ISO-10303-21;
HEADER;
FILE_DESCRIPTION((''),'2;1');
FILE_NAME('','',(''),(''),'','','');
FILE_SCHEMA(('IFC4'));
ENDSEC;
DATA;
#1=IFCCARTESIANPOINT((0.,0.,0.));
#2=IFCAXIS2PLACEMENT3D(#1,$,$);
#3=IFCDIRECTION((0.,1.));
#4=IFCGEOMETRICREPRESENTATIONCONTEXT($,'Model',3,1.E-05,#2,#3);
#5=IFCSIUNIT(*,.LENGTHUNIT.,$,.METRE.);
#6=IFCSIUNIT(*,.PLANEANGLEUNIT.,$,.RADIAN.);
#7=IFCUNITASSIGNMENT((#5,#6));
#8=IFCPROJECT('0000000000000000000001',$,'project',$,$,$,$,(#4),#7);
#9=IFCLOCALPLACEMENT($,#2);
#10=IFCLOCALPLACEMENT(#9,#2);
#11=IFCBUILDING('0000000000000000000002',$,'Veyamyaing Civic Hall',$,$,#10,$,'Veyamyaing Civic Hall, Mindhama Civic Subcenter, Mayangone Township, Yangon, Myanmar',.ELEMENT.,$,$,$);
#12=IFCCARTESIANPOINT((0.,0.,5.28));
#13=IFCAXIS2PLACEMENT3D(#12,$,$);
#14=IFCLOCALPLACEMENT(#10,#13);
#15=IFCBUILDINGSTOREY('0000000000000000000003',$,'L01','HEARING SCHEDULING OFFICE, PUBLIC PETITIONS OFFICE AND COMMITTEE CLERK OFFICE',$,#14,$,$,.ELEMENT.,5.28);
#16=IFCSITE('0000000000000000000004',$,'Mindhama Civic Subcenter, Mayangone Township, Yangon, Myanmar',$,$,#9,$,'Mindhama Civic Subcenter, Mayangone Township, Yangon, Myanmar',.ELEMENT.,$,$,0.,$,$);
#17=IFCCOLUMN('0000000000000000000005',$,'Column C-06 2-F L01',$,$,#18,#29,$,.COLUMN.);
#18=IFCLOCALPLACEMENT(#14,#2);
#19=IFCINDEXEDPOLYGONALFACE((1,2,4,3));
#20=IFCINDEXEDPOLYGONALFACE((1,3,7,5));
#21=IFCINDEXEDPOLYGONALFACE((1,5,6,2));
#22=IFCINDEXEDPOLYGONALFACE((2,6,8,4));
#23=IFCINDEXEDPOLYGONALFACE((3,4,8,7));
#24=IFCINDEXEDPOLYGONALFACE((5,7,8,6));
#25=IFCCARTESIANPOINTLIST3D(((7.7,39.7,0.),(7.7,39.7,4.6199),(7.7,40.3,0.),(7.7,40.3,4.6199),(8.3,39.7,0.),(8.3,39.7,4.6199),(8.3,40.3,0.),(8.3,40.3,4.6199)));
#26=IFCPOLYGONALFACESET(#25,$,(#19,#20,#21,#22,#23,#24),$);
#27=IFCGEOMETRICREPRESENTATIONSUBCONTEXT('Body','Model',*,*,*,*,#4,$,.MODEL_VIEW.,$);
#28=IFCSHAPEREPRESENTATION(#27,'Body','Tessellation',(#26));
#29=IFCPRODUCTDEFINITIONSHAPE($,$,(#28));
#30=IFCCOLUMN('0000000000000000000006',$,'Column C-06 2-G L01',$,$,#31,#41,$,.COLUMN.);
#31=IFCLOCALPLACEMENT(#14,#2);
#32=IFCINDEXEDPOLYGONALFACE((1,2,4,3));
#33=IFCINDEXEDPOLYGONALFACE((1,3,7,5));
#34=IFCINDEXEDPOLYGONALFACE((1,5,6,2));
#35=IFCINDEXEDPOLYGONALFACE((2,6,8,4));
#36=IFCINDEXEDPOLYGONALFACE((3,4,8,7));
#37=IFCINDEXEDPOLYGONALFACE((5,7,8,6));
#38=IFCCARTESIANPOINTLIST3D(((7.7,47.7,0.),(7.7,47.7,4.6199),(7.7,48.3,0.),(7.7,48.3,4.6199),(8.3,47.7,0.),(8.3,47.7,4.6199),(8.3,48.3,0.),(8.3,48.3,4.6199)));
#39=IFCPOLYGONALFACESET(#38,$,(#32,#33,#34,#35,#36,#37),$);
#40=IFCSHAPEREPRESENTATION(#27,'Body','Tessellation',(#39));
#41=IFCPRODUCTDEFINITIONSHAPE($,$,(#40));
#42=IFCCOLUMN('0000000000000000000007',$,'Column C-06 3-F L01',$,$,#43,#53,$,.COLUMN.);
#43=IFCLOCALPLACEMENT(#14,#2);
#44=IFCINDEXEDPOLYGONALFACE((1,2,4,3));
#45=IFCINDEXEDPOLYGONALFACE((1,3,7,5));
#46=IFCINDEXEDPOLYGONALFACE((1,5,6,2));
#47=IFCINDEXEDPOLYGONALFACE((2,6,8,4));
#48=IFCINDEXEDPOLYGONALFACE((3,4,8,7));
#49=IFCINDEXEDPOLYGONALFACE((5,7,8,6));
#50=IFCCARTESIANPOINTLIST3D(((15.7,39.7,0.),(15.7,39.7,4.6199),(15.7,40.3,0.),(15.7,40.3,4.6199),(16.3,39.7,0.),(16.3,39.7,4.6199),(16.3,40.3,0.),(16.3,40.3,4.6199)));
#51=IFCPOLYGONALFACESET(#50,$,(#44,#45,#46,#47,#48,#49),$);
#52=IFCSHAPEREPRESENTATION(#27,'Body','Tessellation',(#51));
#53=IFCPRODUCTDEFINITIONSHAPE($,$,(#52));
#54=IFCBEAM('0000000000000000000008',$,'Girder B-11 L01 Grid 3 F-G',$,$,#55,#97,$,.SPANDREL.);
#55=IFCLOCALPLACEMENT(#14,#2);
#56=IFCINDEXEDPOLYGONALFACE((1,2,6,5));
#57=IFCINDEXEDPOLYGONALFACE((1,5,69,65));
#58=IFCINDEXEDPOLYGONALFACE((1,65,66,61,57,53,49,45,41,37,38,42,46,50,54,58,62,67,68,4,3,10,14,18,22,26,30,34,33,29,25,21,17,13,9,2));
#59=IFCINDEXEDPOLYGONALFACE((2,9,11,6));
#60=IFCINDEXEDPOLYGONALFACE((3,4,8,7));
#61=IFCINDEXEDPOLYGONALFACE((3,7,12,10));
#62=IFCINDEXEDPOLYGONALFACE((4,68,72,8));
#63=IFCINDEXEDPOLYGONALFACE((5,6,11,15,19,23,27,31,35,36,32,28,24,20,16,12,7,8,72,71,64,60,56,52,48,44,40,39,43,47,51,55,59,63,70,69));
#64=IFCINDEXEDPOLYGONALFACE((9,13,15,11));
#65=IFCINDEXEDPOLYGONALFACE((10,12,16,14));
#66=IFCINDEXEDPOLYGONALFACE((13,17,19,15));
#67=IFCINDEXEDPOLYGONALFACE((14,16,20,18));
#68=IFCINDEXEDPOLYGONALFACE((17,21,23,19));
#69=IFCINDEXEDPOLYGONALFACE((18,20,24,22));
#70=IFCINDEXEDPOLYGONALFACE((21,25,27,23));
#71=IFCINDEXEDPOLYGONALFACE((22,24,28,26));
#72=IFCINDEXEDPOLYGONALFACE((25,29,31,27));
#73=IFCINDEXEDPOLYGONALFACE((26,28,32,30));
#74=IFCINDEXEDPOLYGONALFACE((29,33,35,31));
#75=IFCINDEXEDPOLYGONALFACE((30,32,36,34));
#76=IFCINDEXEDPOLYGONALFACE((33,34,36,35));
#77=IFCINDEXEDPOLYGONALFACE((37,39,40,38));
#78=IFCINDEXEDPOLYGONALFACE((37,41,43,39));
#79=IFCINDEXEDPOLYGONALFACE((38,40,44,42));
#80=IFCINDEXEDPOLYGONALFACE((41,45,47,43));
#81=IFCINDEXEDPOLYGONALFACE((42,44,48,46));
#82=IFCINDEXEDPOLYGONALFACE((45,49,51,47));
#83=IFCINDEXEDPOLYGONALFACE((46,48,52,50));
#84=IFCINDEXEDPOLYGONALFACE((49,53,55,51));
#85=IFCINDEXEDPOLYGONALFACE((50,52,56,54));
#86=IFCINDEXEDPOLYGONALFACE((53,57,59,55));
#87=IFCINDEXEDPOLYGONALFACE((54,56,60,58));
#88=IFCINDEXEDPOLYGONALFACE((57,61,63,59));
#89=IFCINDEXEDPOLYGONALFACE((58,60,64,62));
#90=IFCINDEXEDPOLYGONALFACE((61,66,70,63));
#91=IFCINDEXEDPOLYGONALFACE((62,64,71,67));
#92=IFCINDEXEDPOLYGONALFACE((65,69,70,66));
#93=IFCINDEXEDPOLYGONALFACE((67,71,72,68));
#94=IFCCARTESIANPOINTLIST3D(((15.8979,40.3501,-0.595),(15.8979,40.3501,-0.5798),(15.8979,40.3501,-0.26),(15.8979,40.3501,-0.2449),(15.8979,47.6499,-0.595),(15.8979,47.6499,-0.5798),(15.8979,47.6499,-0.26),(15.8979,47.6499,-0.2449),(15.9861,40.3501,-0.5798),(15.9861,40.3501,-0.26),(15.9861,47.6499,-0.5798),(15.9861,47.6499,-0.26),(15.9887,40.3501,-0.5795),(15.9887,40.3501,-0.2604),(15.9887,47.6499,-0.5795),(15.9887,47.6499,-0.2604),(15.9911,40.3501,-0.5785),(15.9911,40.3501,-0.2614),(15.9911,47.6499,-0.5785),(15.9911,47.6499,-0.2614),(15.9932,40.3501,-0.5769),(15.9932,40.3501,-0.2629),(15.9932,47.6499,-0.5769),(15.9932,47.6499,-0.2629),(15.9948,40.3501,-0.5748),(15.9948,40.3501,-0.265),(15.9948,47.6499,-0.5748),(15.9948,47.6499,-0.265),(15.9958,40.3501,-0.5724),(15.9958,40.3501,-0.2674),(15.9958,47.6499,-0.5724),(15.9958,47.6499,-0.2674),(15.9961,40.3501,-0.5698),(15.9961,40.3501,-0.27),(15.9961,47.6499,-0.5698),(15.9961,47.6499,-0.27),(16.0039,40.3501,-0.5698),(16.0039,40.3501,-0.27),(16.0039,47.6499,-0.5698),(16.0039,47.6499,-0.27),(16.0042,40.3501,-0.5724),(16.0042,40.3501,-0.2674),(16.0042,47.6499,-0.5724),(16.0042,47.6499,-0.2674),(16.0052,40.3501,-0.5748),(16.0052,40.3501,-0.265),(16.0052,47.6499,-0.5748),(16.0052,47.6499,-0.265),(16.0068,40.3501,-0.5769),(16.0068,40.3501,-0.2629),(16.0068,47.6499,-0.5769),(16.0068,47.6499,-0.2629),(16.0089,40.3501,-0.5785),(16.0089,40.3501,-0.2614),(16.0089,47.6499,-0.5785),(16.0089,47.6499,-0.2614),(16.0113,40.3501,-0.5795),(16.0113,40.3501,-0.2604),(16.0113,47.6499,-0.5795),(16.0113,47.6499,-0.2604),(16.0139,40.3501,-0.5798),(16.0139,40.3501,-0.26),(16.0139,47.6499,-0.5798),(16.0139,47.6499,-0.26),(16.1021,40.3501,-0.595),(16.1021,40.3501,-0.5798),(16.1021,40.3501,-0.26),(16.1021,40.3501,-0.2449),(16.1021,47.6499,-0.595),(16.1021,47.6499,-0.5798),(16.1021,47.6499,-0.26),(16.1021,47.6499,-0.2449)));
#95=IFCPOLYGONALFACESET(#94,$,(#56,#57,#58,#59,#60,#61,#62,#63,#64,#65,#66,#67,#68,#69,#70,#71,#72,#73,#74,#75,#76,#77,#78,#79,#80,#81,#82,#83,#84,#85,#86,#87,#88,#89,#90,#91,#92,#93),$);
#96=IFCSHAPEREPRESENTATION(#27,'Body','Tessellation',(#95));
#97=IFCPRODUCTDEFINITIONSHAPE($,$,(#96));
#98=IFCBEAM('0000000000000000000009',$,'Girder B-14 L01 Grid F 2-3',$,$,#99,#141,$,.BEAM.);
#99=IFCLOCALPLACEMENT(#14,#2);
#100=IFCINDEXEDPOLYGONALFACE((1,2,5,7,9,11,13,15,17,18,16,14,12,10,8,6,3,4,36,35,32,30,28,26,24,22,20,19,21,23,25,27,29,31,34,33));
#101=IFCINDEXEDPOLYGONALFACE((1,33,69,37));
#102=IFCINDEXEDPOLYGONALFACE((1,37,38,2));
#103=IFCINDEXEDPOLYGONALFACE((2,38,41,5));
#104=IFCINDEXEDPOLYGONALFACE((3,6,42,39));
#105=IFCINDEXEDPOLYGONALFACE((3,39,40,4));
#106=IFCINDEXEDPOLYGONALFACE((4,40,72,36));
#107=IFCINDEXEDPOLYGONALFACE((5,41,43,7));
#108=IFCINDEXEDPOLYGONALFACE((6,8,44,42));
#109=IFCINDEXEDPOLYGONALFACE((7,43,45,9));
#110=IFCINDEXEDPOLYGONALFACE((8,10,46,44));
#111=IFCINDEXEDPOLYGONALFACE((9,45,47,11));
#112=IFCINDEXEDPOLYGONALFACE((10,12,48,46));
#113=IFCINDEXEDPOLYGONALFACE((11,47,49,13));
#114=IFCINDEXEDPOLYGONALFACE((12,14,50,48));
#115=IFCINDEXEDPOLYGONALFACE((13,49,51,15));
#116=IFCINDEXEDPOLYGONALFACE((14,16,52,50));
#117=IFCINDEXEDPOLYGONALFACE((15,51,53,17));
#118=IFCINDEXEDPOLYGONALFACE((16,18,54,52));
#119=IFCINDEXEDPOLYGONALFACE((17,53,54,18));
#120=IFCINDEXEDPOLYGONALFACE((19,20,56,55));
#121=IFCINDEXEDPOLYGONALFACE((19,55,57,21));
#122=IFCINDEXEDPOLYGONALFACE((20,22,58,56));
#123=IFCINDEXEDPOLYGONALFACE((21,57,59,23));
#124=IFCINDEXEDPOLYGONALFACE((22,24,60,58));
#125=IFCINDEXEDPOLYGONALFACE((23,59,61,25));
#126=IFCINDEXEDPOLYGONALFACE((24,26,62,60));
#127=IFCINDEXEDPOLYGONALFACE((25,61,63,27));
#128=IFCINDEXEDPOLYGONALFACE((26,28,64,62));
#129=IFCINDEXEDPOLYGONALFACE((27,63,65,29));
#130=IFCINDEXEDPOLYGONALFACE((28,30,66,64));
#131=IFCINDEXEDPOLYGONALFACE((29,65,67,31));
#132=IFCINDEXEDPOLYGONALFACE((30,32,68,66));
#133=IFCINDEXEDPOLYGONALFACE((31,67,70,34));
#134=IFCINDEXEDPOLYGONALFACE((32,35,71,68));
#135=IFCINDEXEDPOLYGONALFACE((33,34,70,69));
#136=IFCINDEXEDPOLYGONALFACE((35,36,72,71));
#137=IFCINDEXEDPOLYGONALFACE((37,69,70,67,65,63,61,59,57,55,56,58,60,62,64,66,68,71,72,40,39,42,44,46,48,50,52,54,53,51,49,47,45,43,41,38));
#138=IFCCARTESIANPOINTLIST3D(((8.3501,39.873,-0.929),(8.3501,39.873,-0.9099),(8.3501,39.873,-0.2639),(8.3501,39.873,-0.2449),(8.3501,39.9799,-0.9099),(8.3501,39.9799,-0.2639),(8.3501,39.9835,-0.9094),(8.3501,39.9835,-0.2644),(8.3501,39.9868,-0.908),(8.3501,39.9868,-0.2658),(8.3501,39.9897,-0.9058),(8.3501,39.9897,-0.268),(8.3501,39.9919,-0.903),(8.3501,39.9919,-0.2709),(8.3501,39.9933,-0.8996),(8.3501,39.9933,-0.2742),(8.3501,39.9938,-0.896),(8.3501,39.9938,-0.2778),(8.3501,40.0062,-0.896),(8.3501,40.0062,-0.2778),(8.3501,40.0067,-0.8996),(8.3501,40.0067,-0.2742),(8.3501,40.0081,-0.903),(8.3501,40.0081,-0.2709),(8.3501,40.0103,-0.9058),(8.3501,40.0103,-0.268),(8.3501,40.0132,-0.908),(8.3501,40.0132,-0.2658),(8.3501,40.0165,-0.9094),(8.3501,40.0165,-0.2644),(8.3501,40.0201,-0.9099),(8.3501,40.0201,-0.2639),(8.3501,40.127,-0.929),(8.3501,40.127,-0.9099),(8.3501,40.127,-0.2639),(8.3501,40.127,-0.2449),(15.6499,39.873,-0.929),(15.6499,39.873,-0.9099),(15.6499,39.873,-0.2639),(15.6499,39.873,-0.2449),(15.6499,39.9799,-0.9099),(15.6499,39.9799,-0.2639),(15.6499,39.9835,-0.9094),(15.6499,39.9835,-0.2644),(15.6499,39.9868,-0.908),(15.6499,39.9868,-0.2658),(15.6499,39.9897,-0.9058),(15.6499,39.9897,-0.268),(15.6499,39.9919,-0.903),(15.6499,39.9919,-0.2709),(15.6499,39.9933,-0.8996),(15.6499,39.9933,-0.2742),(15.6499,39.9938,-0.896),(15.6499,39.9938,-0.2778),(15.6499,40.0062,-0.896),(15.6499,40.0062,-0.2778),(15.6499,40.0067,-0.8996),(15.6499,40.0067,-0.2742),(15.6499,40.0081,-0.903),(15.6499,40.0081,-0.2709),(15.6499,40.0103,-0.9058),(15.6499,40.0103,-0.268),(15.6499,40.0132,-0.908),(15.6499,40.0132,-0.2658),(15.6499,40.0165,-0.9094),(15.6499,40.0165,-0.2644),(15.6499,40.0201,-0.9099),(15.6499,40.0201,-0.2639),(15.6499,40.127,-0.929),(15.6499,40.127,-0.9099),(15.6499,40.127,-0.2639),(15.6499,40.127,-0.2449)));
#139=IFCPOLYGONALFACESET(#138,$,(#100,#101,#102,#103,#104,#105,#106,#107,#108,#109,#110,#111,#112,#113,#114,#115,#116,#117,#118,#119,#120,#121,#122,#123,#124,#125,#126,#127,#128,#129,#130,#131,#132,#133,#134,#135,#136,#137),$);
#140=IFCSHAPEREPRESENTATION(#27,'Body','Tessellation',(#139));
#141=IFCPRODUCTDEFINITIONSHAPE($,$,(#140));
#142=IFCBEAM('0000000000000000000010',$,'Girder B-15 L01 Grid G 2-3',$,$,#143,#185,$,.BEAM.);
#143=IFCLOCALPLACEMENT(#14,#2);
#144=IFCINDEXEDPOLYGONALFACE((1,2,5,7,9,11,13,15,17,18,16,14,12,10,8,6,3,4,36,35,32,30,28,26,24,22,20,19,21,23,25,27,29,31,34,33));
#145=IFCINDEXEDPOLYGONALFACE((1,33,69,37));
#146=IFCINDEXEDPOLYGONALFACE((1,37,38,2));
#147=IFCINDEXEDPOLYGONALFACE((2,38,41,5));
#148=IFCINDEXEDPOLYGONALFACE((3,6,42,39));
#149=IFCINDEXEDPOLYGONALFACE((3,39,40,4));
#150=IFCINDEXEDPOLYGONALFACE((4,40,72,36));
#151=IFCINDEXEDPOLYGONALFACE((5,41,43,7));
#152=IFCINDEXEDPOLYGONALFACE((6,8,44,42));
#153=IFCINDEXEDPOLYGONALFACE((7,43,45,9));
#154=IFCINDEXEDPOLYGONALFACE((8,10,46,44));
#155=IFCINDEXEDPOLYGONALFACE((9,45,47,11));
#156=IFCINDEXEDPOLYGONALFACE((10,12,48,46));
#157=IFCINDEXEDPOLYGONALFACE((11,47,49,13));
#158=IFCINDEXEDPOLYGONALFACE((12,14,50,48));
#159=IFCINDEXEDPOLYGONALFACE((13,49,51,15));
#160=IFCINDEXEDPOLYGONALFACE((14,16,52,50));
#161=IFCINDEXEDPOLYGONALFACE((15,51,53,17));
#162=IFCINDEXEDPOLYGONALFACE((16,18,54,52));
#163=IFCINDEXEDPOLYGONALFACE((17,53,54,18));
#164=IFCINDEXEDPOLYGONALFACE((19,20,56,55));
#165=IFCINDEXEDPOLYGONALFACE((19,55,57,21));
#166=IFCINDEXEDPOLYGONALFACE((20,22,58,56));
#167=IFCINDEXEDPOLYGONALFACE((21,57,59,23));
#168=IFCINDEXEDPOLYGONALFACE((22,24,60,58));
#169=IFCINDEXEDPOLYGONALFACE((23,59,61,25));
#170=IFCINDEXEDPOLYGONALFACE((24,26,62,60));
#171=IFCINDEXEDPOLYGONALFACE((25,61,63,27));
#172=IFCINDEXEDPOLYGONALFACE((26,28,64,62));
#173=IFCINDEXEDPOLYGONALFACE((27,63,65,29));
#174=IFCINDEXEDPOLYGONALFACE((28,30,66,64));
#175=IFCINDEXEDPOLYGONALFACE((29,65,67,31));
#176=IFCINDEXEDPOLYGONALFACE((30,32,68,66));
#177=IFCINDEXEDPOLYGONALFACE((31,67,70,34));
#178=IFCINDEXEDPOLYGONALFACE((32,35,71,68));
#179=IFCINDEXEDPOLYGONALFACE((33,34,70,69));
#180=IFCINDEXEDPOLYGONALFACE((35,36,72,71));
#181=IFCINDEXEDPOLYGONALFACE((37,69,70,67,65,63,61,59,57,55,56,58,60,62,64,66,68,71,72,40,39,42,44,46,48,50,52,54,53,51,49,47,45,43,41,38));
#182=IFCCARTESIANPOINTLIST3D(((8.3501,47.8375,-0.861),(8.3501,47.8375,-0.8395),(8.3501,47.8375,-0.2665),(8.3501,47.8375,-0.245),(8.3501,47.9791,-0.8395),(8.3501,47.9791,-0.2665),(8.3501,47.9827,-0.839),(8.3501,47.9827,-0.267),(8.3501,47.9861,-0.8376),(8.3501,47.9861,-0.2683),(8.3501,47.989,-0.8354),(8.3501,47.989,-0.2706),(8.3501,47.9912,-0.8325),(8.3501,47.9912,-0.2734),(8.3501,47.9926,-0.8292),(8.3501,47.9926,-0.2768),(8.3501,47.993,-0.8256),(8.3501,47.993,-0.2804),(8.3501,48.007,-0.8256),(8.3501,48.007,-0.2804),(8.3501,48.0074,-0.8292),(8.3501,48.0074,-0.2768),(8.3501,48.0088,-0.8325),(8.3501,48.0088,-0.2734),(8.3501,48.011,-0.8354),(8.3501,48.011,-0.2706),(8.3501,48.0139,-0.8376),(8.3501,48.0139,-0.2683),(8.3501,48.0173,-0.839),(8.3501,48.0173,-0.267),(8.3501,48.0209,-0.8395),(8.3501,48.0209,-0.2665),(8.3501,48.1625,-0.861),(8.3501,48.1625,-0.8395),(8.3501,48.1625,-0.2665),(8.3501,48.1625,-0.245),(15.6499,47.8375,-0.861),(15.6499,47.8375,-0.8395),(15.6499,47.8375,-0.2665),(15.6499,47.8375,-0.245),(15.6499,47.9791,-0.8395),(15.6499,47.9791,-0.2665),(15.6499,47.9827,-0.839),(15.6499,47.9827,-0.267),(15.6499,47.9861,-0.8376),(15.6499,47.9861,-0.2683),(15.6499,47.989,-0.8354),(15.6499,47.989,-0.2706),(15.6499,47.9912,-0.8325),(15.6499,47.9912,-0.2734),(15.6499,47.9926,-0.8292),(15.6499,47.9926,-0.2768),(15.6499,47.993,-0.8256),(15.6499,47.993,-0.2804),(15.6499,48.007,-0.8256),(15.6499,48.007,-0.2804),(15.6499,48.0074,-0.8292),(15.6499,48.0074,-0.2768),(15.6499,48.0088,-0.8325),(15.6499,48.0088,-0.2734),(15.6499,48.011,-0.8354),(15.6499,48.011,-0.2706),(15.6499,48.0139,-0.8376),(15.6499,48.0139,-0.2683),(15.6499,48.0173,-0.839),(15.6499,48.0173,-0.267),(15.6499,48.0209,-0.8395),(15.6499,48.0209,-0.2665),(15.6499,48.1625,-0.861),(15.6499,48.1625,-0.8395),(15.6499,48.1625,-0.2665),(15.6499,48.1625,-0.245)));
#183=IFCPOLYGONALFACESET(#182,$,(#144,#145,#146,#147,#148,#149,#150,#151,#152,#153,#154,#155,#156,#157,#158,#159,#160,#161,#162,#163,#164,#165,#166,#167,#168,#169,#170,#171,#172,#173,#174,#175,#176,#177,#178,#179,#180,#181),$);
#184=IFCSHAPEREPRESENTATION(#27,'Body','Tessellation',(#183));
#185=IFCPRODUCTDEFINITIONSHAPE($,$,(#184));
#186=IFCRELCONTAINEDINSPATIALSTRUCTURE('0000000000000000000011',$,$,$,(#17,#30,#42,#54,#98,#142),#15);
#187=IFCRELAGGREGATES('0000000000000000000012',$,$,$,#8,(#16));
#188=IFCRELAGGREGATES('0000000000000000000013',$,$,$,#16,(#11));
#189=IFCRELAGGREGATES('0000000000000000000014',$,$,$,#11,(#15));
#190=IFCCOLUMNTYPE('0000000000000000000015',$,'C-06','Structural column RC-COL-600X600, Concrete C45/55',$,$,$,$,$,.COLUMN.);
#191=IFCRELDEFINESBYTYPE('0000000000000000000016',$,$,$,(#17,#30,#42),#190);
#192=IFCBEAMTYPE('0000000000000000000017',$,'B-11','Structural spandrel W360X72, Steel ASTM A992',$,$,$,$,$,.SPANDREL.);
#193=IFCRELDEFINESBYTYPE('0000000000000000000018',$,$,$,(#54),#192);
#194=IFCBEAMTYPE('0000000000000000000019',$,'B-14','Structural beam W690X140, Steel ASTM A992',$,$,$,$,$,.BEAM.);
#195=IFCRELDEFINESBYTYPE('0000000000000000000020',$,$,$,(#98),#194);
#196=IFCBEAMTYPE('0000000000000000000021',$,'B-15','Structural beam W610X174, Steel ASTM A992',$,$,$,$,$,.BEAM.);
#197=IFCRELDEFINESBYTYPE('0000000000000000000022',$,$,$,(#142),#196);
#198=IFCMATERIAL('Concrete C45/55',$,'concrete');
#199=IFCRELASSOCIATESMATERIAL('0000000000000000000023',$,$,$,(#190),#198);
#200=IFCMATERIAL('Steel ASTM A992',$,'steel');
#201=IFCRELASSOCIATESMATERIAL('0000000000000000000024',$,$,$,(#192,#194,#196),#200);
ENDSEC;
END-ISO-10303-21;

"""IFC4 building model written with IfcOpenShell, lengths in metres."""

from ifc_helpers import new_model, si_unit, direction, frame, origin, origin_2d, place, context, subcontext, project, spatial, rectangle, i_section, extrude, material, material_profile, profile_set, type_object, element, save


model = new_model("IFC4")

# Units and contexts
model_context = context("Model", 3, precision=1e-05, world=origin(), true_north=direction((0.0, 1.0)))
body_context = subcontext(model_context, "Body", "Model", "MODEL_VIEW")
ifc_project = project(units=[si_unit("LENGTHUNIT", "METRE"), si_unit("PLANEANGLEUNIT", "RADIAN")], contexts=[model_context])

# Site, building, storey
site_placement = place(None, origin())
site = spatial("IfcSite", under=ifc_project, at=site_placement, Name="Mindhama Civic Subcenter, Mayangone Township, Yangon, Myanmar", LongName="Mindhama Civic Subcenter, Mayangone Township, Yangon, Myanmar", CompositionType="ELEMENT", RefElevation=0.0)
building_placement = place(site_placement, origin())
building = spatial("IfcBuilding", under=site, at=building_placement, Name="Veyamyaing Civic Hall", LongName="Veyamyaing Civic Hall, Mindhama Civic Subcenter, Mayangone Township, Yangon, Myanmar", CompositionType="ELEMENT")
storey_placement = place(building_placement, frame((0.0, 0.0, 5.28)))
storey = spatial("IfcBuildingStorey", under=building, at=storey_placement, Name="L01", Description="HEARING SCHEDULING OFFICE, PUBLIC PETITIONS OFFICE AND COMMITTEE CLERK OFFICE", CompositionType="ELEMENT", Elevation=5.28)

# Columns
ifc_material_1 = material(Name="Concrete C45/55", Category="concrete")
ifc_material_profile_1 = material_profile(ifc_material_1, rectangle(XDim=0.6001, YDim=0.6001, at=origin_2d()), Name="RC-COL-600X600")
ifc_profile_set_1 = profile_set([ifc_material_profile_1], Name="Concrete C45/55")
column_type = type_object("IfcColumnType", Name="C-06", Description="Structural column RC-COL-600X600, Concrete C45/55", PredefinedType="COLUMN", material=ifc_profile_set_1)
for number, where, z_axis, x_axis, name in (
    (1, (8.0, 40.0, 0.0), (0.0, 0.0, 1.0), (1.0, 0.0, 0.0), "Column C-06 2-F L01"),
    (2, (8.0, 48.0, 0.0), (0.0, 0.0, 1.0), (1.0, 0.0, 0.0), "Column C-06 2-G L01"),
    (3, (16.0, 40.0, 0.0), (0.0, 0.0, 1.0), (1.0, 0.0, 0.0), "Column C-06 3-F L01"),
):
    element("IfcColumn", number, at=place(storey_placement, frame(where, z_axis=z_axis, x_axis=x_axis)), inside=storey, type_object=column_type, Name=name, PredefinedType="COLUMN", context=body_context, shape_type="SweptSolid", body=[
        extrude(rectangle(XDim=0.6001, YDim=0.6001, at=origin_2d()), origin(), (0.0, 0.0, 1.0), 4.6199),
    ])

# Beams
ifc_material_2 = material(Name="Steel ASTM A992", Category="steel")
ifc_material_profile_2 = material_profile(ifc_material_2, i_section(OverallWidth=0.2041, OverallDepth=0.3501, WebThickness=0.0078, FlangeThickness=0.0151, FilletRadius=0.01, at=origin_2d()), Name="W360X72")
ifc_profile_set_2 = profile_set([ifc_material_profile_2], Name="Steel ASTM A992")
beam_type_1 = type_object("IfcBeamType", Name="B-11", Description="Structural spandrel W360X72, Steel ASTM A992", PredefinedType="SPANDREL", material=ifc_profile_set_2)
beam_1_placement = place(storey_placement, frame((16.0, 40.3501, -0.4199), z_axis=(0.0, 1.0, 0.0), x_axis=(-1.0, 0.0, 0.0)))
element("IfcBeam", 4, at=beam_1_placement, inside=storey, type_object=beam_type_1, Name="Girder B-11 L01 Grid 3 F-G", PredefinedType="SPANDREL", context=body_context, shape_type="SweptSolid", body=[
    extrude(i_section(OverallWidth=0.2041, OverallDepth=0.3501, WebThickness=0.0078, FlangeThickness=0.0151, FilletRadius=0.01, at=origin_2d()), origin(), (0.0, 0.0, 1.0), 7.2998),
])
ifc_material_profile_3 = material_profile(ifc_material_2, i_section(OverallWidth=0.2539, OverallDepth=0.6841, WebThickness=0.0125, FlangeThickness=0.019, FilletRadius=0.0139, at=origin_2d()), Name="W690X140")
ifc_profile_set_3 = profile_set([ifc_material_profile_3], Name="Steel ASTM A992")
beam_type_2 = type_object("IfcBeamType", Name="B-14", Description="Structural beam W690X140, Steel ASTM A992", PredefinedType="BEAM", material=ifc_profile_set_3)
beam_2_placement = place(storey_placement, frame((8.3501, 40.0, -0.5869), z_axis=(1.0, 0.0, 0.0), x_axis=(0.0, 1.0, 0.0)))
element("IfcBeam", 5, at=beam_2_placement, inside=storey, type_object=beam_type_2, Name="Girder B-14 L01 Grid F 2-3", PredefinedType="BEAM", context=body_context, shape_type="SweptSolid", body=[
    extrude(i_section(OverallWidth=0.2539, OverallDepth=0.6841, WebThickness=0.0125, FlangeThickness=0.019, FilletRadius=0.0139, at=origin_2d()), origin(), (0.0, 0.0, 1.0), 7.2998),
])
ifc_material_profile_4 = material_profile(ifc_material_2, i_section(OverallWidth=0.325, OverallDepth=0.616, WebThickness=0.0139, FlangeThickness=0.0215, FilletRadius=0.0139, at=origin_2d()), Name="W610X174")
ifc_profile_set_4 = profile_set([ifc_material_profile_4], Name="Steel ASTM A992")
beam_type_3 = type_object("IfcBeamType", Name="B-15", Description="Structural beam W610X174, Steel ASTM A992", PredefinedType="BEAM", material=ifc_profile_set_4)
for number, where, z_axis, x_axis, name in (
    (6, (8.3501, 48.0, -0.553), (1.0, 0.0, 0.0), (0.0, 1.0, 0.0), "Girder B-15 L01 Grid G 2-3"),
):
    element("IfcBeam", number, at=place(storey_placement, frame(where, z_axis=z_axis, x_axis=x_axis)), inside=storey, type_object=beam_type_3, Name=name, PredefinedType="BEAM", context=body_context, shape_type="SweptSolid", body=[
        extrude(i_section(OverallWidth=0.325, OverallDepth=0.616, WebThickness=0.0139, FlangeThickness=0.0215, FilletRadius=0.0139, at=origin_2d()), origin(), (0.0, 0.0, 1.0), 7.2998),
    ])

save(model, "model.ifc")
